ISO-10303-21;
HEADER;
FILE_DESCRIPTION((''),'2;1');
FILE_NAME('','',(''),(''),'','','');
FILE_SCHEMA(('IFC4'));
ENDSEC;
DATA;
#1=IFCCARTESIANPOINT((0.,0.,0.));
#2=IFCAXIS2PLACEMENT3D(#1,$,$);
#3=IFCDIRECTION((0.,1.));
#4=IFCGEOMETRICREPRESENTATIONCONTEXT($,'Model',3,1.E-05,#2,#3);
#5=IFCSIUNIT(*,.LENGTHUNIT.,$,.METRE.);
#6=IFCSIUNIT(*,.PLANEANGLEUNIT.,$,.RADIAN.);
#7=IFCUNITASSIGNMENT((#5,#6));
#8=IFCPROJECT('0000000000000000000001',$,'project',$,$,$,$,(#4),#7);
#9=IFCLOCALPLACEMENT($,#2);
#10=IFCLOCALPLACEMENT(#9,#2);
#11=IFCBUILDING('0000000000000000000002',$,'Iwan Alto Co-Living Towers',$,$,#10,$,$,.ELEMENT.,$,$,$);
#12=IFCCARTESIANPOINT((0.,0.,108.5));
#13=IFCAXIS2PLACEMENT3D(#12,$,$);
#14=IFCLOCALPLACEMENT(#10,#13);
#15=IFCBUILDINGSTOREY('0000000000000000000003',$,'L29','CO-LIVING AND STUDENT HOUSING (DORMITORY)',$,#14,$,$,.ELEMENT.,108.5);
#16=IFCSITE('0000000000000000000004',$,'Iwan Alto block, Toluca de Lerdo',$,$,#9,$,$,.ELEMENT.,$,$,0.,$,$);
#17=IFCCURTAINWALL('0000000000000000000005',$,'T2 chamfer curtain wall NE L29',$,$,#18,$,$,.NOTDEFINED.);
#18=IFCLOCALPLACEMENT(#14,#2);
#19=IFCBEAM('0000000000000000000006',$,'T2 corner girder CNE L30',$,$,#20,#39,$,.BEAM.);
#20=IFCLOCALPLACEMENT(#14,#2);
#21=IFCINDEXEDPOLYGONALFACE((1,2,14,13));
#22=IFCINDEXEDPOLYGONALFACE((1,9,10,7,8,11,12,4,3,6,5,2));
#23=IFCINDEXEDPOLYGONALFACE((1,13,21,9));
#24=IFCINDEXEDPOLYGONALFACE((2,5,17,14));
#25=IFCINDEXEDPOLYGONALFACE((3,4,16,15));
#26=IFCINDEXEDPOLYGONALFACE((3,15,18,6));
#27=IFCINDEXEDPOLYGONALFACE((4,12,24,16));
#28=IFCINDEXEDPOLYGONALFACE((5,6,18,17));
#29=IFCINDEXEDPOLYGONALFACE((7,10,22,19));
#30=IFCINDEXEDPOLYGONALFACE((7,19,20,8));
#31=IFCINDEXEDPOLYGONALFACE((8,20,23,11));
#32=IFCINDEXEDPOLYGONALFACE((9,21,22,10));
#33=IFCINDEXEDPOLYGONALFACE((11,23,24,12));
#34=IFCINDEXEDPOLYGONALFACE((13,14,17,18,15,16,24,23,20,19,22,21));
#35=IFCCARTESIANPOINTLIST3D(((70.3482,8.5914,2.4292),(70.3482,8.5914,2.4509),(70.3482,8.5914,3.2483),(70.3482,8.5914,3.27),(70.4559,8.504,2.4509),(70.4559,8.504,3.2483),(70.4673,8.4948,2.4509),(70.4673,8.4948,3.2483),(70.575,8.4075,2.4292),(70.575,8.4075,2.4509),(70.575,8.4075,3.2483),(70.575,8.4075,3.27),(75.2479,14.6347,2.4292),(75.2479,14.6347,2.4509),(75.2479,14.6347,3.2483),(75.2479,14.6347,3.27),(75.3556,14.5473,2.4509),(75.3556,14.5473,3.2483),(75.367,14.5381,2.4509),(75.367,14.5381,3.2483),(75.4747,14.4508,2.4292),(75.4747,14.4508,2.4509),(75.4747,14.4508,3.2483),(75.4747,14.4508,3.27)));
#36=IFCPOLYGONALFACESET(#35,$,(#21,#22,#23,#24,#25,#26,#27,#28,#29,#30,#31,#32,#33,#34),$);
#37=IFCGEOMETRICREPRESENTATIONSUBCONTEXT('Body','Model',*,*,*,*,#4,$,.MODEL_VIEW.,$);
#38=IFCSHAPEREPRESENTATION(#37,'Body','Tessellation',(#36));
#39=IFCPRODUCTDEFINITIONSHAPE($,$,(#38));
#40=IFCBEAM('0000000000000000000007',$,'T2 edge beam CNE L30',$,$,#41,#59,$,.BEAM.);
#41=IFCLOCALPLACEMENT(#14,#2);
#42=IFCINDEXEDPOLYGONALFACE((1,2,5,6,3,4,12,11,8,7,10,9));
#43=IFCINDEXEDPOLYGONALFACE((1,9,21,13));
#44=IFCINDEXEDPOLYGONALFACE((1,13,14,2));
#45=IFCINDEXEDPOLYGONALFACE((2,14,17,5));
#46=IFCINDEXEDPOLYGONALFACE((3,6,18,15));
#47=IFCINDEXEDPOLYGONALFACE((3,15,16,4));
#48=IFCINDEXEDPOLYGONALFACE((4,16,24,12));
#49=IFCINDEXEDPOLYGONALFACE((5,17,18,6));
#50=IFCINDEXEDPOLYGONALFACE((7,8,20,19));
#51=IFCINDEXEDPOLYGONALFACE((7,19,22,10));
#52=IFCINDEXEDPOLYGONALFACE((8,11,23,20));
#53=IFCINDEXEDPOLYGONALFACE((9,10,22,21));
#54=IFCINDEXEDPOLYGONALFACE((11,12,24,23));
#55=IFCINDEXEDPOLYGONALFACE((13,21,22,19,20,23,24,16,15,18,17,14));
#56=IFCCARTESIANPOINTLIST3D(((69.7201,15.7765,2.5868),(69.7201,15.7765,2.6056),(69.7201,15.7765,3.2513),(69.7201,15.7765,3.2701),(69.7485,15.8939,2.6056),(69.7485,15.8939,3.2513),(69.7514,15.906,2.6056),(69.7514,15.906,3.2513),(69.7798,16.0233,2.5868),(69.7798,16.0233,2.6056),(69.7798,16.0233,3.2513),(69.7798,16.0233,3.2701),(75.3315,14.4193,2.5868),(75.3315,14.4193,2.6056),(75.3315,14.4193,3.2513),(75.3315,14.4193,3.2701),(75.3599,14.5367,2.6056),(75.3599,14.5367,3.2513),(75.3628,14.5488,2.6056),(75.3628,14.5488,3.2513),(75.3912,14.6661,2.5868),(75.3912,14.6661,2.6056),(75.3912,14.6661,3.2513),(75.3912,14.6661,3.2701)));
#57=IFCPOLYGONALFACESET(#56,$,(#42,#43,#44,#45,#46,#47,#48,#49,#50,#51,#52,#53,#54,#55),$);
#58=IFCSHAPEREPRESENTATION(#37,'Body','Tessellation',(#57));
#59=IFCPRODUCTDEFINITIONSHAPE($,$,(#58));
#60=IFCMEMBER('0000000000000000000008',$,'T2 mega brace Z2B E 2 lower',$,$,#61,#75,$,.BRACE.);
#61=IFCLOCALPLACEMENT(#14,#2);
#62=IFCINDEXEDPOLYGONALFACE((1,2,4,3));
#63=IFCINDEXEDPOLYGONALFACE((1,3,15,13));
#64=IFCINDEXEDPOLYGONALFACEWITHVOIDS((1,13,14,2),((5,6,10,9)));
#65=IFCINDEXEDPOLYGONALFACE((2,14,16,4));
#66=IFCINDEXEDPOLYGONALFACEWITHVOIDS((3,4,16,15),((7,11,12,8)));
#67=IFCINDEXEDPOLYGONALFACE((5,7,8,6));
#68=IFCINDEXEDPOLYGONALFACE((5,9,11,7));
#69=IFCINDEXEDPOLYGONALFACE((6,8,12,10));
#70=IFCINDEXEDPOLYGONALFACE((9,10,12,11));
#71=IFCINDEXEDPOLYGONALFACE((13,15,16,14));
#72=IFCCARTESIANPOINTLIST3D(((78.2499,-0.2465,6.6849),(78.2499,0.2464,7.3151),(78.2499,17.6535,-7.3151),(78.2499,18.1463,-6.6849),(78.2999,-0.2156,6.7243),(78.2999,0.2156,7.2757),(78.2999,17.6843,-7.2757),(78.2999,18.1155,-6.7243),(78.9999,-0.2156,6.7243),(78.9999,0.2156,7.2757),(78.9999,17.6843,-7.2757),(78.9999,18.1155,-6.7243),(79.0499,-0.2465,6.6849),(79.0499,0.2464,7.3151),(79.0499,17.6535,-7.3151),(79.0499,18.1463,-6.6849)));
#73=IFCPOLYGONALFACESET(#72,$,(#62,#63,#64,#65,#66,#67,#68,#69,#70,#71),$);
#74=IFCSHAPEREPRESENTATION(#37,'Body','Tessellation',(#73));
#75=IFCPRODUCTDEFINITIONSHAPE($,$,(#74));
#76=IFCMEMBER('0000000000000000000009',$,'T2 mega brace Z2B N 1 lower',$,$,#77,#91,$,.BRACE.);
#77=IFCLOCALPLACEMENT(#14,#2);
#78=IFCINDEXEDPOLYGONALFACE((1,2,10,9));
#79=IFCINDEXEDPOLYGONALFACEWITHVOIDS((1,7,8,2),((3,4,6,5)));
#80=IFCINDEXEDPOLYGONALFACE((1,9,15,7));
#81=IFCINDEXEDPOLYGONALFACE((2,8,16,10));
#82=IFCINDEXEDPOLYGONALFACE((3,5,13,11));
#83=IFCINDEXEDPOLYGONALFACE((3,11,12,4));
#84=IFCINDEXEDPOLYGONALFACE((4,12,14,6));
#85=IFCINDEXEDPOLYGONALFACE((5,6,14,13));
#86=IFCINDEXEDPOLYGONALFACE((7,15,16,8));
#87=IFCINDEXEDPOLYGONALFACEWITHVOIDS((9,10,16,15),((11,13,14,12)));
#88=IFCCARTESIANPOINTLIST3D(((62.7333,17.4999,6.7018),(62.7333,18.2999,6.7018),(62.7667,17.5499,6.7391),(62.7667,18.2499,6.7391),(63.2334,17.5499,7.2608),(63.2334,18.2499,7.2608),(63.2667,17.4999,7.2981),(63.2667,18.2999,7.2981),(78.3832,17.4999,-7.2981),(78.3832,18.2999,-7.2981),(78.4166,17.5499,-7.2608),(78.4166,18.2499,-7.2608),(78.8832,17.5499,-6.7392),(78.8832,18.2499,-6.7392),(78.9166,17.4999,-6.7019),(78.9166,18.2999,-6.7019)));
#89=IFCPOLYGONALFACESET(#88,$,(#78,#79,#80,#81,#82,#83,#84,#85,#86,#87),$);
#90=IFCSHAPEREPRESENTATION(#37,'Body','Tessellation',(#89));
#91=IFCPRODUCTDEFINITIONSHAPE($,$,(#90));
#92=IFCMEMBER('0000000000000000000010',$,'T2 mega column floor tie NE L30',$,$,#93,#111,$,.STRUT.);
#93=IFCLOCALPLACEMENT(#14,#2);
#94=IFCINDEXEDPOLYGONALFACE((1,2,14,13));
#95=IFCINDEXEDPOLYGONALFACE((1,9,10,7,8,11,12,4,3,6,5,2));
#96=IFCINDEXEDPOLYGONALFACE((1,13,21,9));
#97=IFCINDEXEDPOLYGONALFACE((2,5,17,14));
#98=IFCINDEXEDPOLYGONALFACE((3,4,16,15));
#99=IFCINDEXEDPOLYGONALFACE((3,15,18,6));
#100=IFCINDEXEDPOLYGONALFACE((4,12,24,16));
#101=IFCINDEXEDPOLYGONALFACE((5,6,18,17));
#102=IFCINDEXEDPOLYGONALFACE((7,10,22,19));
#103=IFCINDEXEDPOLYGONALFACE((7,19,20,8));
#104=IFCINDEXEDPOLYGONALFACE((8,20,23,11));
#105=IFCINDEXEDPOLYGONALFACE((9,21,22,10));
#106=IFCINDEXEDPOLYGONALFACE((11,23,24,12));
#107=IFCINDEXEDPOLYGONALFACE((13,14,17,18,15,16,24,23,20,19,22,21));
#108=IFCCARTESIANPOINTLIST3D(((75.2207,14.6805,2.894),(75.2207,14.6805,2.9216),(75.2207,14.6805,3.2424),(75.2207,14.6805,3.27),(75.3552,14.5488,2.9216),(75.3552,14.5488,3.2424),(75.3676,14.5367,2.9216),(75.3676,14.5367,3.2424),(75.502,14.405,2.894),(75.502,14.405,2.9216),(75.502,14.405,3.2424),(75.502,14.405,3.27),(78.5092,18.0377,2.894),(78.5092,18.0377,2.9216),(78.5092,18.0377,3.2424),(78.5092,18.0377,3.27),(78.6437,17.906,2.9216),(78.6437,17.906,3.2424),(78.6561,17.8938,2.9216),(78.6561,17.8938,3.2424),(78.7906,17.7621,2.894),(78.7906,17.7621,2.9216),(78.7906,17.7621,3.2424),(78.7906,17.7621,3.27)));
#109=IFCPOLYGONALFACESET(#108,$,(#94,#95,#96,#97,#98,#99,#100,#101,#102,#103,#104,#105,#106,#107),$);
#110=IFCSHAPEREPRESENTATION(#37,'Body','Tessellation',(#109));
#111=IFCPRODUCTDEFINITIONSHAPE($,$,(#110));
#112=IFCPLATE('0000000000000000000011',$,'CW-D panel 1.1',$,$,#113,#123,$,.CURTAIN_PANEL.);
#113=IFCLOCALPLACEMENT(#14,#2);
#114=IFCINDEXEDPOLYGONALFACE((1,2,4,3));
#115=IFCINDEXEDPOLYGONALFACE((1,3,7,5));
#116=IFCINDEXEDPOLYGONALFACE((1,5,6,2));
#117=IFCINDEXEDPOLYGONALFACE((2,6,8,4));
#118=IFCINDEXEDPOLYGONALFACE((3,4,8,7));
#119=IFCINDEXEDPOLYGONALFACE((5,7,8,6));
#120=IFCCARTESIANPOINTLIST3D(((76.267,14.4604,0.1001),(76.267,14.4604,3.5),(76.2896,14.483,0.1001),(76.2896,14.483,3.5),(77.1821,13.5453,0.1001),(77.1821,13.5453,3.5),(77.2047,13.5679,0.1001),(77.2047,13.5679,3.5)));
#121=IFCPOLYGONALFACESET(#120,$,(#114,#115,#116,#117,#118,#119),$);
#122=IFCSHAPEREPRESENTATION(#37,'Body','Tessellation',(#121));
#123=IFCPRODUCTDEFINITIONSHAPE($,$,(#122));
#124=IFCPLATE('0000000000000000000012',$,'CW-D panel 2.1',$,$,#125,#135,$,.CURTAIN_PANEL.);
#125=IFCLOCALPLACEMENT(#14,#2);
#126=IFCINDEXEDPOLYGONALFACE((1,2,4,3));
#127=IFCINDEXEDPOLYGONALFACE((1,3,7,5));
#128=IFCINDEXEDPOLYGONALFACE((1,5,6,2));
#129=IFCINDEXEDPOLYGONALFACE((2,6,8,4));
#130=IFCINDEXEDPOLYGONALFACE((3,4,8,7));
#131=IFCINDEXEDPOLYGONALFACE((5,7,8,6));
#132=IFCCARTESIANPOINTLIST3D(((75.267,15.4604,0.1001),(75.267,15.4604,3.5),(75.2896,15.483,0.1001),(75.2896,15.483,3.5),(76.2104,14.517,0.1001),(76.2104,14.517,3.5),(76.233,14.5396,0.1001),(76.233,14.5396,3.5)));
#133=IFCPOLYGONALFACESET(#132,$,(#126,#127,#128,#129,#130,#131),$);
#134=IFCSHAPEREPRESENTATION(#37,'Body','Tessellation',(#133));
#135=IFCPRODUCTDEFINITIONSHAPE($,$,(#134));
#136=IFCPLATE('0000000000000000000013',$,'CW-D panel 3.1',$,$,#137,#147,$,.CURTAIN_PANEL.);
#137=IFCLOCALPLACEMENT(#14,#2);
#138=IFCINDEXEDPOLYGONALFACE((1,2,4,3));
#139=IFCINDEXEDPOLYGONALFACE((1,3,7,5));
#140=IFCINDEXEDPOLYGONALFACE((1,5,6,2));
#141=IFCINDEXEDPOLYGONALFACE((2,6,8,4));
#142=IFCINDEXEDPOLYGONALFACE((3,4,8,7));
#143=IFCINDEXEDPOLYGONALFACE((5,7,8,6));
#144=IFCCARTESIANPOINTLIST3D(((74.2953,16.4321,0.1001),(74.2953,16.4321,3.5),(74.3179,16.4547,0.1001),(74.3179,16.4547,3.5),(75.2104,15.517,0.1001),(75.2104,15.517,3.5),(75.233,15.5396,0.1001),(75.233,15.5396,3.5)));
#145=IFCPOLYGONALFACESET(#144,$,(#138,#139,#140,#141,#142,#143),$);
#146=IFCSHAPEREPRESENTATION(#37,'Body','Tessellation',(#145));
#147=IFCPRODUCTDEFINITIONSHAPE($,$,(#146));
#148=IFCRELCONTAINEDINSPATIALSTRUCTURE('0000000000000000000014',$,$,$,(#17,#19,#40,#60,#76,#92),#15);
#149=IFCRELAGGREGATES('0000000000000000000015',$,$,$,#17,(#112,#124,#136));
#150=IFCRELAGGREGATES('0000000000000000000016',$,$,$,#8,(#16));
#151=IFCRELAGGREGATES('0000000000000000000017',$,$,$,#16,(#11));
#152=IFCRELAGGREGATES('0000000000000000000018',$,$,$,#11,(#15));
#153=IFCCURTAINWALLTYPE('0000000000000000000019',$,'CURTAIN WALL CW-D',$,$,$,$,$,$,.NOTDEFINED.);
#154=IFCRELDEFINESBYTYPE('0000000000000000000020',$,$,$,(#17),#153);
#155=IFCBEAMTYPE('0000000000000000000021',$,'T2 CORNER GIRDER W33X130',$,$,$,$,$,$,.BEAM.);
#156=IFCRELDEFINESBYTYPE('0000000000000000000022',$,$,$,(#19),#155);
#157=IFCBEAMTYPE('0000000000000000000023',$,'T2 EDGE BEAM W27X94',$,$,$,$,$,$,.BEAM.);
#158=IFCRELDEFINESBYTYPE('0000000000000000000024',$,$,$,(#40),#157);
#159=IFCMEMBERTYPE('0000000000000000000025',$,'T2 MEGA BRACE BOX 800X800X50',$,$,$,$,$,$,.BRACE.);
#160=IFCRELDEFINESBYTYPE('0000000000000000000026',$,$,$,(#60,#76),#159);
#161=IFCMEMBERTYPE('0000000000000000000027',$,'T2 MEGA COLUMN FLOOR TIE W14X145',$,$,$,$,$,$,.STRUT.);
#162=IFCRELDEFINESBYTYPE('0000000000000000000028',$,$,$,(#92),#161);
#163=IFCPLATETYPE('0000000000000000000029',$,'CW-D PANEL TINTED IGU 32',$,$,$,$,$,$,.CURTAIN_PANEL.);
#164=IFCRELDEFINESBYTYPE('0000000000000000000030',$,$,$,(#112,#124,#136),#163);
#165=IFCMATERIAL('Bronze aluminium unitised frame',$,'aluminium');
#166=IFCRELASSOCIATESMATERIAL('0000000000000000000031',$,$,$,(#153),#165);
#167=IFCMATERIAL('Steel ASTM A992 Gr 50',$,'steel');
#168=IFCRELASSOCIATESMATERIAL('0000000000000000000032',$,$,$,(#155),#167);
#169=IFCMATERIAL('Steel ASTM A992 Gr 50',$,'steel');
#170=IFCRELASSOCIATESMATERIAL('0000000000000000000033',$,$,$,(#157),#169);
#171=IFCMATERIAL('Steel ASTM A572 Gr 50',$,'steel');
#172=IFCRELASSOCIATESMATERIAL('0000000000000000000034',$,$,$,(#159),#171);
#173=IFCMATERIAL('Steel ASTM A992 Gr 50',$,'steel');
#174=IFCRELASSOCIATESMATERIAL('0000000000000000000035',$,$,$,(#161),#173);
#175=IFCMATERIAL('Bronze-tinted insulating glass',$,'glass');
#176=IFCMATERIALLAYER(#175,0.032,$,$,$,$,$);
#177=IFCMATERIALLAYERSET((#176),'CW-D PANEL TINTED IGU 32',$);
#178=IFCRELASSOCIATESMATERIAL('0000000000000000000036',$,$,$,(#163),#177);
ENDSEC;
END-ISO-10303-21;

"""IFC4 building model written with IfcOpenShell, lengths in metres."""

from ifc_helpers import new_model, si_unit, direction, frame, origin, origin_2d, place, context, subcontext, project, spatial, rectangle, hollow_rectangle, i_section, extrude, material, layer, layer_set, material_profile, profile_set, type_object, element, aggregate, save


model = new_model("IFC4")

# Units and contexts
model_context = context("Model", 3, precision=1e-05, world=origin(), true_north=direction((0.0, 1.0)))
body_context = subcontext(model_context, "Body", "Model", "MODEL_VIEW")
ifc_project = project(units=[si_unit("LENGTHUNIT", "METRE"), si_unit("PLANEANGLEUNIT", "RADIAN")], contexts=[model_context])

# Site, building, storey
site_placement = place(None, origin())
site = spatial("IfcSite", under=ifc_project, at=site_placement, Name="Iwan Alto block, Toluca de Lerdo", CompositionType="ELEMENT", RefElevation=0.0)
building_placement = place(site_placement, origin())
building = spatial("IfcBuilding", under=site, at=building_placement, Name="Iwan Alto Co-Living Towers", CompositionType="ELEMENT")
storey_placement = place(building_placement, frame((0.0, 0.0, 108.5)))
storey = spatial("IfcBuildingStorey", under=building, at=storey_placement, Name="L29", Description="CO-LIVING AND STUDENT HOUSING (DORMITORY)", CompositionType="ELEMENT", Elevation=108.5)

# Curtain wall
ifc_material_1 = material(Name="Bronze aluminium unitised frame", Category="aluminium")
curtain_wall_type_1 = type_object("IfcCurtainWallType", Name="CURTAIN WALL CW-D", PredefinedType="NOTDEFINED", material=ifc_material_1)
curtain_wall_1_placement = place(storey_placement, origin())
curtain_wall_1 = element("IfcCurtainWall", 1, at=curtain_wall_1_placement, inside=storey, type_object=curtain_wall_type_1, Name="T2 chamfer curtain wall NE L29", PredefinedType="NOTDEFINED")

# Beams
ifc_material_2 = material(Name="Steel ASTM A992 Gr 50", Category="steel")
ifc_material_profile_1 = material_profile(ifc_material_2, i_section(OverallWidth=0.292, OverallDepth=0.8408, WebThickness=0.0146, FlangeThickness=0.0217, at=origin_2d()), Name="W33X130")
ifc_profile_set_1 = profile_set([ifc_material_profile_1], Name="Steel ASTM A992 Gr 50")
beam_type_1 = type_object("IfcBeamType", Name="T2 CORNER GIRDER W33X130", PredefinedType="BEAM", material=ifc_profile_set_1)
beam_1_placement = place(storey_placement, frame((75.3613, 14.5427, 2.8496), z_axis=(-0.629783, -0.776771, 0.0), x_axis=(0.776771, -0.629783, 0.0)))
element("IfcBeam", 2, at=beam_1_placement, inside=storey, type_object=beam_type_1, Name="T2 corner girder CNE L30", PredefinedType="BEAM", context=body_context, shape_type="SweptSolid", body=[
    extrude(i_section(OverallWidth=0.292, OverallDepth=0.8408, WebThickness=0.0146, FlangeThickness=0.0217, at=origin_2d()), origin(), (0.0, 0.0, 1.0), 7.78),
])
ifc_material_3 = material(Name="Steel ASTM A992 Gr 50", Category="steel")
ifc_material_profile_2 = material_profile(ifc_material_3, i_section(OverallWidth=0.2539, OverallDepth=0.6833, WebThickness=0.0125, FlangeThickness=0.0188, at=origin_2d()), Name="W27X94")
ifc_profile_set_2 = profile_set([ifc_material_profile_2], Name="Steel ASTM A992 Gr 50")
beam_type_2 = type_object("IfcBeamType", Name="T2 EDGE BEAM W27X94", PredefinedType="BEAM", material=ifc_profile_set_2)
beam_2_placement = place(storey_placement, frame((75.3613, 14.5427, 2.9285), z_axis=(-0.971975, 0.235086, 0.0), x_axis=(-0.235086, -0.971975, 0.0)))
element("IfcBeam", 3, at=beam_2_placement, inside=storey, type_object=beam_type_2, Name="T2 edge beam CNE L30", PredefinedType="BEAM", context=body_context, shape_type="SweptSolid", body=[
    extrude(i_section(OverallWidth=0.2539, OverallDepth=0.6833, WebThickness=0.0125, FlangeThickness=0.0188, at=origin_2d()), origin(), (0.0, 0.0, 1.0), 5.7732),
])

# Members
ifc_material_4 = material(Name="Steel ASTM A572 Gr 50", Category="steel")
ifc_material_profile_3 = material_profile(ifc_material_4, hollow_rectangle(XDim=0.8, YDim=0.8, WallThickness=0.05, at=origin_2d()), Name="BOX 800X800X50")
ifc_profile_set_3 = profile_set([ifc_material_profile_3], Name="Steel ASTM A572 Gr 50")
member_type_1 = type_object("IfcMemberType", Name="T2 MEGA BRACE BOX 800X800X50", PredefinedType="BRACE", material=ifc_profile_set_3)
member_1_placement = place(storey_placement, frame((78.6499, 17.8999, -7.0), z_axis=(0.0, -0.787689, 0.616073), x_axis=(1.0, 0.0, 0.0)))
element("IfcMember", 4, at=member_1_placement, inside=storey, type_object=member_type_1, Name="T2 mega brace Z2B E 2 lower", PredefinedType="BRACE", context=body_context, shape_type="SweptSolid", body=[
    extrude(hollow_rectangle(XDim=0.8, YDim=0.8, WallThickness=0.05, at=origin_2d()), origin(), (0.0, 0.0, 1.0), 22.7246),
])
member_2_placement = place(storey_placement, frame((78.6499, 17.8999, -7.0), z_axis=(-0.745302, 0.0, 0.666728), x_axis=(0.0, -1.0, 0.0)))
element("IfcMember", 5, at=member_2_placement, inside=storey, type_object=member_type_1, Name="T2 mega brace Z2B N 1 lower", PredefinedType="BRACE", context=body_context, shape_type="SweptSolid", body=[
    extrude(hollow_rectangle(XDim=0.8, YDim=0.8, WallThickness=0.05, at=origin_2d()), origin(), (0.0, 0.0, 1.0), 20.998),
])
ifc_material_5 = material(Name="Steel ASTM A992 Gr 50", Category="steel")
ifc_material_profile_4 = material_profile(ifc_material_5, i_section(OverallWidth=0.3938, OverallDepth=0.376, WebThickness=0.0173, FlangeThickness=0.0276, at=origin_2d()), Name="W14X145")
ifc_profile_set_4 = profile_set([ifc_material_profile_4], Name="Steel ASTM A992 Gr 50")
member_type_2 = type_object("IfcMemberType", Name="T2 MEGA COLUMN FLOOR TIE W14X145", PredefinedType="STRUT", material=ifc_profile_set_4)
member_3_placement = place(storey_placement, frame((78.6499, 17.8999, 3.082), z_axis=(-0.69977, -0.714368, 0.0), x_axis=(0.714368, -0.69977, 0.0)))
element("IfcMember", 6, at=member_3_placement, inside=storey, type_object=member_type_2, Name="T2 mega column floor tie NE L30", PredefinedType="STRUT", context=body_context, shape_type="SweptSolid", body=[
    extrude(i_section(OverallWidth=0.3938, OverallDepth=0.376, WebThickness=0.0173, FlangeThickness=0.0276, at=origin_2d()), origin(), (0.0, 0.0, 1.0), 4.6995),
])

# Plates
ifc_material_6 = material(Name="Bronze-tinted insulating glass", Category="glass")
ifc_layer = layer(ifc_material_6, 0.032)
ifc_layer_set = layer_set([ifc_layer], Name="CW-D PANEL TINTED IGU 32")
plate_type = type_object("IfcPlateType", Name="CW-D PANEL TINTED IGU 32", PredefinedType="CURTAIN_PANEL", material=ifc_layer_set)
plate_1_placement = place(storey_placement, frame((76.7358, 14.0142, 0.1001), z_axis=(0.0, 0.0, 1.0), x_axis=(-0.707107, 0.707107, 0.0)))
plate_1 = element("IfcPlate", 7, at=plate_1_placement, type_object=plate_type, Name="CW-D panel 1.1", PredefinedType="CURTAIN_PANEL", context=body_context, shape_type="SweptSolid", body=[
    extrude(rectangle(XDim=1.2942, YDim=0.032, at=origin_2d()), origin(), (0.0, 0.0, 1.0), 3.3999),
])
plate_2_placement = place(storey_placement, frame((75.75, 15.0, 0.1001), z_axis=(0.0, 0.0, 1.0), x_axis=(-0.707107, 0.707107, 0.0)))
plate_2 = element("IfcPlate", 8, at=plate_2_placement, type_object=plate_type, Name="CW-D panel 2.1", PredefinedType="CURTAIN_PANEL", context=body_context, shape_type="SweptSolid", body=[
    extrude(rectangle(XDim=1.3342, YDim=0.032, at=origin_2d()), origin(), (0.0, 0.0, 1.0), 3.3999),
])
plate_3_placement = place(storey_placement, frame((74.7642, 15.9858, 0.1001), z_axis=(0.0, 0.0, 1.0), x_axis=(-0.707107, 0.707107, 0.0)))
plate_3 = element("IfcPlate", 9, at=plate_3_placement, type_object=plate_type, Name="CW-D panel 3.1", PredefinedType="CURTAIN_PANEL", context=body_context, shape_type="SweptSolid", body=[
    extrude(rectangle(XDim=1.2942, YDim=0.032, at=origin_2d()), origin(), (0.0, 0.0, 1.0), 3.3999),
])
aggregate(curtain_wall_1, [plate_1, plate_2, plate_3])

save(model, "model.ifc")
